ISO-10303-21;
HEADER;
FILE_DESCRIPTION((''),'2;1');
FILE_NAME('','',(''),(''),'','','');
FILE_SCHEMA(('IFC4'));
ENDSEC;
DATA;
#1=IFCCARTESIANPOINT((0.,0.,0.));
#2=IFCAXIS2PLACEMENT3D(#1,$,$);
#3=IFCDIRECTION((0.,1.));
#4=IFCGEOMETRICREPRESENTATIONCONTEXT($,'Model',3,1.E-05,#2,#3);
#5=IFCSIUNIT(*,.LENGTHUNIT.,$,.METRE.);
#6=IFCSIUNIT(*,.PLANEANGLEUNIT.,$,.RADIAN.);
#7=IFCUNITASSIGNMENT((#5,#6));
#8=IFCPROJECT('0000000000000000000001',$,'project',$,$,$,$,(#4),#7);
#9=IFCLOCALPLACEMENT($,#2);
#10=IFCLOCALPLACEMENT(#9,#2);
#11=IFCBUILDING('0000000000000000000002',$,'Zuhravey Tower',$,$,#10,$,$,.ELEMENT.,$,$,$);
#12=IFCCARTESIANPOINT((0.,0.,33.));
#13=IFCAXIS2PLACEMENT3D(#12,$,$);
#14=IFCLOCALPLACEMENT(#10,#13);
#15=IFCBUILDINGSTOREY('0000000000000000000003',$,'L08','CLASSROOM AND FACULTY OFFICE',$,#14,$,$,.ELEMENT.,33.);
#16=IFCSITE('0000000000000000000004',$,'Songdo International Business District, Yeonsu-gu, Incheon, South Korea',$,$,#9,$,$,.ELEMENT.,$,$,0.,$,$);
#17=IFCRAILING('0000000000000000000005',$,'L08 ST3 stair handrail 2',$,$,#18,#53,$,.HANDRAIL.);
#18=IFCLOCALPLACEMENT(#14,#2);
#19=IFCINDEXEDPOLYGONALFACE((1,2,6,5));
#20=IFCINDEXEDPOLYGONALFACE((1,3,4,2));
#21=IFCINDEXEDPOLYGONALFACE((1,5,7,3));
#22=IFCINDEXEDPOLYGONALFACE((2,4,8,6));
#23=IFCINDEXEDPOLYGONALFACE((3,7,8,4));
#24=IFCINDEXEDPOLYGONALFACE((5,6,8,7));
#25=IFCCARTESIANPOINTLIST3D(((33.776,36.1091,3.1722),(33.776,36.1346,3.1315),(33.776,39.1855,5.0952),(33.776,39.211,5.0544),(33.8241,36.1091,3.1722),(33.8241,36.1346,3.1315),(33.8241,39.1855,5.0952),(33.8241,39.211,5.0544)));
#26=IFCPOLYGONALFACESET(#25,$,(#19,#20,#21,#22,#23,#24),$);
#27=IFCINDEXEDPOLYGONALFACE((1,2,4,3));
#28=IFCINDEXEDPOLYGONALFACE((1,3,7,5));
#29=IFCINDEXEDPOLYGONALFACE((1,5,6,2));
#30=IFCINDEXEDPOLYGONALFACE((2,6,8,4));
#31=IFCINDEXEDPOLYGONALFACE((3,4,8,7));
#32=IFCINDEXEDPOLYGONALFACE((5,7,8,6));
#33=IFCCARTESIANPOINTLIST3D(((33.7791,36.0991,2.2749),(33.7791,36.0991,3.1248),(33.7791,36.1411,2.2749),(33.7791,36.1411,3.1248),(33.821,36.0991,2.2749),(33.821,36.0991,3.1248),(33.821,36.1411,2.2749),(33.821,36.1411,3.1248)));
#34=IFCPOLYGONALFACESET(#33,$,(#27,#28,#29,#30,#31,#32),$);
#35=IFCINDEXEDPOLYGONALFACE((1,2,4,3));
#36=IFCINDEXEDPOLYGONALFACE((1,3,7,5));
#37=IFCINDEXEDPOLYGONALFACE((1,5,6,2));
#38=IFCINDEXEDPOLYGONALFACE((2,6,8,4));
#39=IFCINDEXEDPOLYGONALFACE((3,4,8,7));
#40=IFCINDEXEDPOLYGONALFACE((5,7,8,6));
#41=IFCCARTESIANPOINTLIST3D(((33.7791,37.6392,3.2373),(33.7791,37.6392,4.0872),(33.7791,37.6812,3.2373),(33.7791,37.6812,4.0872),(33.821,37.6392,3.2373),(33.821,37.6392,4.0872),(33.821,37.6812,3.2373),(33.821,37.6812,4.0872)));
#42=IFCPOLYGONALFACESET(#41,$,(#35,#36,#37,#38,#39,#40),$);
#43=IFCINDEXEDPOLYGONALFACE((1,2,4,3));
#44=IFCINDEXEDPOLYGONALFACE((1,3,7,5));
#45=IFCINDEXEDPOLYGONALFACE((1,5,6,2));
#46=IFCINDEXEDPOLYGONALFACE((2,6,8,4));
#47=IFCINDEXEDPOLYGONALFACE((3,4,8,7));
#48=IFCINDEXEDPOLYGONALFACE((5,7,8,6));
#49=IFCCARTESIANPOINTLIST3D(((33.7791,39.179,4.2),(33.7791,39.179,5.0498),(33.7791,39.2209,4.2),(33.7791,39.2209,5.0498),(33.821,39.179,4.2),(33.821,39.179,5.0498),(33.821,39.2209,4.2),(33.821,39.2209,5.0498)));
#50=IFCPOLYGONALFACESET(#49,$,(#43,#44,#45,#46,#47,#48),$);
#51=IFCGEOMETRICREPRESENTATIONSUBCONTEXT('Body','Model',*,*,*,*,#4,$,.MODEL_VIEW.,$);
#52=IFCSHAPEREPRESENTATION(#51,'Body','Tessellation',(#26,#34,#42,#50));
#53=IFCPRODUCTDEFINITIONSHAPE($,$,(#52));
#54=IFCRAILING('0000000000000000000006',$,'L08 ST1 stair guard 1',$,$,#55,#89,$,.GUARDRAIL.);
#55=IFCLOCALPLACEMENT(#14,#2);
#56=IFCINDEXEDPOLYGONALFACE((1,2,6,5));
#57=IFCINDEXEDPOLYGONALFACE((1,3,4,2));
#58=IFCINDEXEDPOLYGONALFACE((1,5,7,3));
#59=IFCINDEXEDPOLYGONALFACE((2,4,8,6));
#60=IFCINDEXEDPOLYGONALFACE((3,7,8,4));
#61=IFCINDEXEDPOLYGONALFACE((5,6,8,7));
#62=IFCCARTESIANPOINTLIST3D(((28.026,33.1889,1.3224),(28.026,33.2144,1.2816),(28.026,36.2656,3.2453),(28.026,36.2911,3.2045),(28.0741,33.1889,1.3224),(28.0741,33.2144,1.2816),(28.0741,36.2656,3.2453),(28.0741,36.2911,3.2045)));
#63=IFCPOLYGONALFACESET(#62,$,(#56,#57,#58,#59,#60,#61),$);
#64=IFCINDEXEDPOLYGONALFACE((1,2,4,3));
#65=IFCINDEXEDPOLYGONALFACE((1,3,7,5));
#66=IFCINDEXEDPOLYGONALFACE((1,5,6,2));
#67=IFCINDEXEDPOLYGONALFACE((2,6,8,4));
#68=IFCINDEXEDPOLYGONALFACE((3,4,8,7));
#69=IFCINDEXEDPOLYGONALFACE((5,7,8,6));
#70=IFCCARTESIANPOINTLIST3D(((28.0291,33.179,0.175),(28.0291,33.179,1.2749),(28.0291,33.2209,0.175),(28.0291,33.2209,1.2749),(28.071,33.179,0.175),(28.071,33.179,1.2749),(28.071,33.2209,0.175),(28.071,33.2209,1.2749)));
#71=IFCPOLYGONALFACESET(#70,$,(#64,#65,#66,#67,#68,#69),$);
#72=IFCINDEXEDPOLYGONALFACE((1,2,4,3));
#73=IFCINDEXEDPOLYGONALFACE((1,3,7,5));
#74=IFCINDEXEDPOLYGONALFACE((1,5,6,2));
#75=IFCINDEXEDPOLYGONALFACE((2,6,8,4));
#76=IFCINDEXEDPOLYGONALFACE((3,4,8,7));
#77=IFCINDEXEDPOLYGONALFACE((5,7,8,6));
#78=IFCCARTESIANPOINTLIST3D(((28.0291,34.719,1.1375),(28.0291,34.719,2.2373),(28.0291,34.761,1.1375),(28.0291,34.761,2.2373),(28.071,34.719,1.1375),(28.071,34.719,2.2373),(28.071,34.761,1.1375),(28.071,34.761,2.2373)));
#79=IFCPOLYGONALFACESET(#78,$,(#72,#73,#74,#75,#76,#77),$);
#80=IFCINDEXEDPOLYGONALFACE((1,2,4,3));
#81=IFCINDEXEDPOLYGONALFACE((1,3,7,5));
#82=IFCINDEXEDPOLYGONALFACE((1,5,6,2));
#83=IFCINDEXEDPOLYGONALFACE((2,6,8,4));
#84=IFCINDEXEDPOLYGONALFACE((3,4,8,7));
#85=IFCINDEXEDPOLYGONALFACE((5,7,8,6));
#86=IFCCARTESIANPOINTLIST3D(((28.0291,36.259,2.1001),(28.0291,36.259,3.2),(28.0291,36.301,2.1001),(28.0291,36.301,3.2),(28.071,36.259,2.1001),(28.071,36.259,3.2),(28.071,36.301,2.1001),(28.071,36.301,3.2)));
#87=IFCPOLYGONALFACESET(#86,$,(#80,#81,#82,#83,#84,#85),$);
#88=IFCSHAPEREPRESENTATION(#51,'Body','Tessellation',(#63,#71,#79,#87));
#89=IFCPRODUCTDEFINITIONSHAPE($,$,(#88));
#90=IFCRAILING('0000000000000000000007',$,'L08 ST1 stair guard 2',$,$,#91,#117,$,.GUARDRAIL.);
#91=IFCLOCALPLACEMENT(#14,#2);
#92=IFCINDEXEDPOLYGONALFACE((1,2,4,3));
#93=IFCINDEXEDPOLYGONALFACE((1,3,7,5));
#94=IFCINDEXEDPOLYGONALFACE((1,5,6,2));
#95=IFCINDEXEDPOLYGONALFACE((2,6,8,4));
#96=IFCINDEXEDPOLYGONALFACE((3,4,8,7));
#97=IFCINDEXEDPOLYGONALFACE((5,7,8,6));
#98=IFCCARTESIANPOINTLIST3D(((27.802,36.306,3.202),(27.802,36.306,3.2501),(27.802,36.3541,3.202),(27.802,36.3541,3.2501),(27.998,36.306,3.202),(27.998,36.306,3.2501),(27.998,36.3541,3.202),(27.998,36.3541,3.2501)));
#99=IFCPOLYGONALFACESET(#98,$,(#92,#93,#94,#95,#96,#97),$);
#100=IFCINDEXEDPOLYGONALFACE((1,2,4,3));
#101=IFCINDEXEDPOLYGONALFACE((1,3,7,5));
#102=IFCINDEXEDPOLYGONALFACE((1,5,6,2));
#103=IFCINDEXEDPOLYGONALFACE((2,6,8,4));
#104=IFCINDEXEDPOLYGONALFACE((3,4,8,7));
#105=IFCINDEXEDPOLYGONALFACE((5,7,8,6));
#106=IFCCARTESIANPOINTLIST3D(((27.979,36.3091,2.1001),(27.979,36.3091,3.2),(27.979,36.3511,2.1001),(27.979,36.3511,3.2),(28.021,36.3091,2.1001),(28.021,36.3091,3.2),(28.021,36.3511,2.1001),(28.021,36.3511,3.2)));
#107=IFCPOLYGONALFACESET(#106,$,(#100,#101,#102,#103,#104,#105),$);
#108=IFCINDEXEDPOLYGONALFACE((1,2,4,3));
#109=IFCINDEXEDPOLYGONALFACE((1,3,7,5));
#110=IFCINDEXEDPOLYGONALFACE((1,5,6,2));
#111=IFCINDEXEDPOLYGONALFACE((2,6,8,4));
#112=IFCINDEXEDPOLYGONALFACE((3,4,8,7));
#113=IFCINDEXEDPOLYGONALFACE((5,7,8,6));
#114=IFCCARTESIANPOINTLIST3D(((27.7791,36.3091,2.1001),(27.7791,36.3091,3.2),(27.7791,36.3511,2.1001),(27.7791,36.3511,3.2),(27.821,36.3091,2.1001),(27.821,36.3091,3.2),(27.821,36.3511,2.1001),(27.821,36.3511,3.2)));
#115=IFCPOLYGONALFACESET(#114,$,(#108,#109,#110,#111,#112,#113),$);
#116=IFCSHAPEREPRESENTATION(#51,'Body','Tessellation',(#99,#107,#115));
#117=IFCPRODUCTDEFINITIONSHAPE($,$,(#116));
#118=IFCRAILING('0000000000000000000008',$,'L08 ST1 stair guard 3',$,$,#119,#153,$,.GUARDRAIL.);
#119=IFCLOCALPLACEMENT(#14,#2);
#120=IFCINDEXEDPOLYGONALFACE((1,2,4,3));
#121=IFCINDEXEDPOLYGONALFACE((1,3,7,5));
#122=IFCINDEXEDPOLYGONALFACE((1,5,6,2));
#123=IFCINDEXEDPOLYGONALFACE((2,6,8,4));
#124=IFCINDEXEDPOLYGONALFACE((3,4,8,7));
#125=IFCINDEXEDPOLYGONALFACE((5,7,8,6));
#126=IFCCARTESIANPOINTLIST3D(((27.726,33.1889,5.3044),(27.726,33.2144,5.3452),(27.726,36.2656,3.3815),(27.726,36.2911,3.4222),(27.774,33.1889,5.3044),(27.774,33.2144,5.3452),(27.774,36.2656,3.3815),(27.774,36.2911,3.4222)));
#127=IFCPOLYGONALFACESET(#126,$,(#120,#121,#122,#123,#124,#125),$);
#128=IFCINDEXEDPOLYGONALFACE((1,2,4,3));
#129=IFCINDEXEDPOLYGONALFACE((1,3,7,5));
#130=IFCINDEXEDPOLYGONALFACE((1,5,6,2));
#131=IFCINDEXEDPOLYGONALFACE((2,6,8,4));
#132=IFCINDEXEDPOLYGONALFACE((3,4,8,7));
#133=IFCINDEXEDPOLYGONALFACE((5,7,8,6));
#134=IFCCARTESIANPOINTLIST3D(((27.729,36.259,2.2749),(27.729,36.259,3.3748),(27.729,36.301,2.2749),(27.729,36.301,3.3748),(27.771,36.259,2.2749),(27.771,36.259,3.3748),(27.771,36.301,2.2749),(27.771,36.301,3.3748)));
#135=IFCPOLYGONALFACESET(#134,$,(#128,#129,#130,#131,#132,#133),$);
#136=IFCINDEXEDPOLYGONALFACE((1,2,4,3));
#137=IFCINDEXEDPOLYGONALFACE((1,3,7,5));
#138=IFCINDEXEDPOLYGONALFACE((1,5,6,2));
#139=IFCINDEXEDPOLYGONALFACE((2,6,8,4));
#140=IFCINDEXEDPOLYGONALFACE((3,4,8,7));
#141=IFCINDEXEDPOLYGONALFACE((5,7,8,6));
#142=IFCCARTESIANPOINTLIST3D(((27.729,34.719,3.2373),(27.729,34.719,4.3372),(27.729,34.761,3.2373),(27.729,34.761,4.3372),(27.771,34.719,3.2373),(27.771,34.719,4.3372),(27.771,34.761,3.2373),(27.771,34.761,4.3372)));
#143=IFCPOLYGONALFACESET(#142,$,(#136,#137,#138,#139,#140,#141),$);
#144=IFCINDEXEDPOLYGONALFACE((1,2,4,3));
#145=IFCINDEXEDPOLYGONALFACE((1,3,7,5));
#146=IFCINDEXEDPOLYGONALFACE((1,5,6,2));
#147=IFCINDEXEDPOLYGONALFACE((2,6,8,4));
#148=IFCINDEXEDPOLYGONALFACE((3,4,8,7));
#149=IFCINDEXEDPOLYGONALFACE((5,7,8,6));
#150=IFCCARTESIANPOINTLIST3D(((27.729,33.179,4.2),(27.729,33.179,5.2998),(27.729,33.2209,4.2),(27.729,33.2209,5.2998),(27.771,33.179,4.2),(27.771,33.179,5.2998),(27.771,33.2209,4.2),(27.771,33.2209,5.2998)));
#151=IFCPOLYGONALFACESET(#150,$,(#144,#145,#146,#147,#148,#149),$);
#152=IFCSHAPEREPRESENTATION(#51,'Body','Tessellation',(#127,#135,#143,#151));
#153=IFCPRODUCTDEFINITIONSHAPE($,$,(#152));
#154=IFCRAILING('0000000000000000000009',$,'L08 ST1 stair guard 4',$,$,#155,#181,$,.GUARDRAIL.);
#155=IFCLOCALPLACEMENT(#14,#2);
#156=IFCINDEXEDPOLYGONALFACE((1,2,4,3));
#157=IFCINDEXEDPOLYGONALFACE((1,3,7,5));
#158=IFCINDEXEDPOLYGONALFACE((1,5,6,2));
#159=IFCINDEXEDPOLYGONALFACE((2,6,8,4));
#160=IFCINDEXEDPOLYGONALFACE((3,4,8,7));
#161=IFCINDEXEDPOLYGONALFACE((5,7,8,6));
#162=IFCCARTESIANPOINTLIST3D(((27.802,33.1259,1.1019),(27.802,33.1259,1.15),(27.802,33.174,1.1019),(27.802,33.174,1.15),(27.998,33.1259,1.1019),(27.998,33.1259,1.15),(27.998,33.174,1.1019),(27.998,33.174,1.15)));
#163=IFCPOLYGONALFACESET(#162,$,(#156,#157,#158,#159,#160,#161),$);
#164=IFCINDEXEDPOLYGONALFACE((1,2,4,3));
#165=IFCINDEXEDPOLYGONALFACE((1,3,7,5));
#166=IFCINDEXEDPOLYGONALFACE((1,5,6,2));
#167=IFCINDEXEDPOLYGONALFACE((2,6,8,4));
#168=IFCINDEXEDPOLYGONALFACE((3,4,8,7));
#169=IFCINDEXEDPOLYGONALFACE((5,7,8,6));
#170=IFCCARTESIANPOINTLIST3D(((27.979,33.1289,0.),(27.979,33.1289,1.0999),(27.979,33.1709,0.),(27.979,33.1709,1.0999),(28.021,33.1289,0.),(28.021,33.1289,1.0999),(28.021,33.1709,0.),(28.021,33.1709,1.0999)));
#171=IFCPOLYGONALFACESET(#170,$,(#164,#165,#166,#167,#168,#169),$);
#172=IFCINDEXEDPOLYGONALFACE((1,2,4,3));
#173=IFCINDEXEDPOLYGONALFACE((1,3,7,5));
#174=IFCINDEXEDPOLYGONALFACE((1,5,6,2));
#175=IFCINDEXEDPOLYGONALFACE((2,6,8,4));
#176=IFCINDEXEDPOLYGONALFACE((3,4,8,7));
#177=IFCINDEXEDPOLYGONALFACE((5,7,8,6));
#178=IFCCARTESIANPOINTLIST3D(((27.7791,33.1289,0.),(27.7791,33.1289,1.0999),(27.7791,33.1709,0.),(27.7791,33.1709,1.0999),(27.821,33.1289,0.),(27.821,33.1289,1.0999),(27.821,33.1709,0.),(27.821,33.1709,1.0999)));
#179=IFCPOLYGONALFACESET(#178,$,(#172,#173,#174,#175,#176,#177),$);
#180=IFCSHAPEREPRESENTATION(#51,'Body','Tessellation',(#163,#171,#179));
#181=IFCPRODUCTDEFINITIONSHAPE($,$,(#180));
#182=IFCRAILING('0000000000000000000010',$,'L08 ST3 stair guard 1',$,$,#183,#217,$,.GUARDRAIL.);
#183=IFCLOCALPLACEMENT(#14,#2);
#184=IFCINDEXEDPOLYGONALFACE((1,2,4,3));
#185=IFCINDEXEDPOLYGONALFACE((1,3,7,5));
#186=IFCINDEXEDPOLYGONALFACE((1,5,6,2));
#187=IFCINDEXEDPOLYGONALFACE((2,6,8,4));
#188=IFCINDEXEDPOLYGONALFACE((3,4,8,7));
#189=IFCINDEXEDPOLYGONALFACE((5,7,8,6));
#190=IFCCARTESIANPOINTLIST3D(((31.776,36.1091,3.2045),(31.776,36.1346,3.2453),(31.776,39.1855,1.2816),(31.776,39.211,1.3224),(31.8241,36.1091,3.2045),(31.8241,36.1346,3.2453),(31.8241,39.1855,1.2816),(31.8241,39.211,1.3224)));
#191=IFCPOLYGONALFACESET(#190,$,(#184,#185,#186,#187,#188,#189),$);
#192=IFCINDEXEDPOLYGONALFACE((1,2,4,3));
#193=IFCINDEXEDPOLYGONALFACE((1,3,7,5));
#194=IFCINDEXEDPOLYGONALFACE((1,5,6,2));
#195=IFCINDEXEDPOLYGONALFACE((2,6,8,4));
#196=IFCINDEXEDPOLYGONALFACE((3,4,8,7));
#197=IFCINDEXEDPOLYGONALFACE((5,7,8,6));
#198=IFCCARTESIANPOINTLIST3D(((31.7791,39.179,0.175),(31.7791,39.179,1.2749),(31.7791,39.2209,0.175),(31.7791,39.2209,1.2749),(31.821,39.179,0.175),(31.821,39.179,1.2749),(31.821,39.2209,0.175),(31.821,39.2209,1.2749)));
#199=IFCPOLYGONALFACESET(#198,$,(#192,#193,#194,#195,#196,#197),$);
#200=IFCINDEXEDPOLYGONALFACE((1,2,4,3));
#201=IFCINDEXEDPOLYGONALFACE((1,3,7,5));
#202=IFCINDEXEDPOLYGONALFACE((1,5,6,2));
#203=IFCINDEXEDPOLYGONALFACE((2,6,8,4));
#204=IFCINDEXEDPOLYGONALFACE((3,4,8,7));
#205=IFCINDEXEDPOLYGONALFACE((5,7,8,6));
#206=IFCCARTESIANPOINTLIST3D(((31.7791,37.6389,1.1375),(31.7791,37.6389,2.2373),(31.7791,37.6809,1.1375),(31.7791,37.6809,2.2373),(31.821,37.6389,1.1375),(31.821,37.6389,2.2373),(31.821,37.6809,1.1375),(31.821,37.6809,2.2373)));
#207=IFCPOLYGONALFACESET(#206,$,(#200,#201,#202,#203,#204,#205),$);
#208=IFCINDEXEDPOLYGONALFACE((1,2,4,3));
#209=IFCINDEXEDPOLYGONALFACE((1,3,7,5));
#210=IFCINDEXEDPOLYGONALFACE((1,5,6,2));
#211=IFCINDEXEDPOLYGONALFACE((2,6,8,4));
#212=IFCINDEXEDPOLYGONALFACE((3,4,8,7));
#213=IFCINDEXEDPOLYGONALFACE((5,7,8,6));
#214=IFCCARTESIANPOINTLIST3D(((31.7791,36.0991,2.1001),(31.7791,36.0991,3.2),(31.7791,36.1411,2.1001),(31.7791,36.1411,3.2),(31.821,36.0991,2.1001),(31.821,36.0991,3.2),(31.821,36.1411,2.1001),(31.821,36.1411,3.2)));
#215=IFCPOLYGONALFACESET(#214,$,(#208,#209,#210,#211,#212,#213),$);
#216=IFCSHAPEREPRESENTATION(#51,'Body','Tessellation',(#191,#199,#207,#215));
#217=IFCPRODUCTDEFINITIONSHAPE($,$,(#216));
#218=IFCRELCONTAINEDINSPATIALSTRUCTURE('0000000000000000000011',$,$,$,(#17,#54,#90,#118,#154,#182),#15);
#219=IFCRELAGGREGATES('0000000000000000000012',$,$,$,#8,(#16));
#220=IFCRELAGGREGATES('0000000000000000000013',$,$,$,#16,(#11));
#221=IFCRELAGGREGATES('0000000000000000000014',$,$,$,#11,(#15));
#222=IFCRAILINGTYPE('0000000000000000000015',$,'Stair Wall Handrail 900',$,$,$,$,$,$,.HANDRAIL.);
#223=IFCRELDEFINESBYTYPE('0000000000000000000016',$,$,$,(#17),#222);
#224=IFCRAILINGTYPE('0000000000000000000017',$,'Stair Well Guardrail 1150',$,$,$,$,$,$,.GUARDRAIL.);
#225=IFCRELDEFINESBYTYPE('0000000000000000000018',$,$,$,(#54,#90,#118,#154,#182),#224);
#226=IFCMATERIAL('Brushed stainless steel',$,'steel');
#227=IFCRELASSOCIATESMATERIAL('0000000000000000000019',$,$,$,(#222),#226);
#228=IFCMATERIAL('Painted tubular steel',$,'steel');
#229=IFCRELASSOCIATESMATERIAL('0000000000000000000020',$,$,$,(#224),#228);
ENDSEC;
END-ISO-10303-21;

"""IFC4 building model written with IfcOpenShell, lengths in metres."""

from ifc_helpers import new_model, si_unit, direction, frame, origin, origin_2d, place, context, subcontext, project, spatial, rectangle, extrude, material, type_object, element, save


model = new_model("IFC4")

# Units and contexts
model_context = context("Model", 3, precision=1e-05, world=origin(), true_north=direction((0.0, 1.0)))
body_context = subcontext(model_context, "Body", "Model", "MODEL_VIEW")
ifc_project = project(units=[si_unit("LENGTHUNIT", "METRE"), si_unit("PLANEANGLEUNIT", "RADIAN")], contexts=[model_context])

# Site, building, storey
site_placement = place(None, origin())
site = spatial("IfcSite", under=ifc_project, at=site_placement, Name="Songdo International Business District, Yeonsu-gu, Incheon, South Korea", CompositionType="ELEMENT", RefElevation=0.0)
building_placement = place(site_placement, origin())
building = spatial("IfcBuilding", under=site, at=building_placement, Name="Zuhravey Tower", CompositionType="ELEMENT")
storey_placement = place(building_placement, frame((0.0, 0.0, 33.0)))
storey = spatial("IfcBuildingStorey", under=building, at=storey_placement, Name="L08", Description="CLASSROOM AND FACULTY OFFICE", CompositionType="ELEMENT", Elevation=33.0)

# Railings
ifc_material_1 = material(Name="Brushed stainless steel", Category="steel")
railing_type_1 = type_object("IfcRailingType", Name="Stair Wall Handrail 900", PredefinedType="HANDRAIL", material=ifc_material_1)
railing_1_placement = place(storey_placement, frame((33.8, 36.1201, 2.2749)))
element("IfcRailing", 1, at=railing_1_placement, inside=storey, type_object=railing_type_1, Name="L08 ST3 stair handrail 2", PredefinedType="HANDRAIL", context=body_context, shape_type="SweptSolid", body=[
    extrude(rectangle(XDim=0.0481, YDim=0.0481, at=origin_2d()), frame((0.0, 0.0017, 0.877), z_axis=(0.0, 0.847979, 0.530029), x_axis=(-1.0, 0.0, 0.0)), (0.0, 0.0, 1.0), 3.6279),
    extrude(rectangle(XDim=0.042, YDim=0.042, at=origin_2d()), origin(), (0.0, 0.0, 1.0), 0.8499),
    extrude(rectangle(XDim=0.042, YDim=0.042, at=origin_2d()), frame((0.0, 1.54, 0.9624)), (0.0, 0.0, 1.0), 0.8499),
    extrude(rectangle(XDim=0.042, YDim=0.042, at=origin_2d()), frame((0.0, 3.0798, 1.925)), (0.0, 0.0, 1.0), 0.8499),
])
ifc_material_2 = material(Name="Painted tubular steel", Category="steel")
railing_type_2 = type_object("IfcRailingType", Name="Stair Well Guardrail 1150", PredefinedType="GUARDRAIL", material=ifc_material_2)
railing_2_placement = place(storey_placement, frame((28.05, 33.2, 0.175)))
element("IfcRailing", 2, at=railing_2_placement, inside=storey, type_object=railing_type_2, Name="L08 ST1 stair guard 1", PredefinedType="GUARDRAIL", context=body_context, shape_type="SweptSolid", body=[
    extrude(rectangle(XDim=0.0481, YDim=0.0481, at=origin_2d()), frame((0.0, 0.0017, 1.127), z_axis=(0.0, 0.847998, 0.529999), x_axis=(-1.0, 0.0, 0.0)), (0.0, 0.0, 1.0), 3.6282),
    extrude(rectangle(XDim=0.042, YDim=0.042, at=origin_2d()), origin(), (0.0, 0.0, 1.0), 1.0999),
    extrude(rectangle(XDim=0.042, YDim=0.042, at=origin_2d()), frame((0.0, 1.54, 0.9624)), (0.0, 0.0, 1.0), 1.0999),
    extrude(rectangle(XDim=0.042, YDim=0.042, at=origin_2d()), frame((0.0, 3.0801, 1.925)), (0.0, 0.0, 1.0), 1.0999),
])
railing_3_placement = place(storey_placement, frame((28.0, 36.3301, 2.1001)))
element("IfcRailing", 3, at=railing_3_placement, inside=storey, type_object=railing_type_2, Name="L08 ST1 stair guard 2", PredefinedType="GUARDRAIL", context=body_context, shape_type="SweptSolid", body=[
    extrude(rectangle(XDim=0.0481, YDim=0.0481, at=origin_2d()), frame((-0.002, 0.0, 1.126), z_axis=(-1.0, 0.0, 0.0), x_axis=(0.0, -1.0, 0.0)), (0.0, 0.0, 1.0), 0.196),
    extrude(rectangle(XDim=0.042, YDim=0.042, at=origin_2d()), origin(), (0.0, 0.0, 1.0), 1.0999),
    extrude(rectangle(XDim=0.042, YDim=0.042, at=origin_2d()), frame((-0.2, 0.0, 0.0)), (0.0, 0.0, 1.0), 1.0999),
])
railing_4_placement = place(storey_placement, frame((27.75, 36.28, 2.2749)))
element("IfcRailing", 4, at=railing_4_placement, inside=storey, type_object=railing_type_2, Name="L08 ST1 stair guard 3", PredefinedType="GUARDRAIL", context=body_context, shape_type="SweptSolid", body=[
    extrude(rectangle(XDim=0.0481, YDim=0.0481, at=origin_2d()), frame((0.0, -0.0017, 1.127), z_axis=(0.0, -0.847998, 0.529999), x_axis=(1.0, 0.0, 0.0)), (0.0, 0.0, 1.0), 3.6282),
    extrude(rectangle(XDim=0.042, YDim=0.042, at=origin_2d()), origin(), (0.0, 0.0, 1.0), 1.0999),
    extrude(rectangle(XDim=0.042, YDim=0.042, at=origin_2d()), frame((0.0, -1.54, 0.9624)), (0.0, 0.0, 1.0), 1.0999),
    extrude(rectangle(XDim=0.042, YDim=0.042, at=origin_2d()), frame((0.0, -3.0801, 1.925)), (0.0, 0.0, 1.0), 1.0999),
])
railing_5_placement = place(storey_placement, frame((28.0, 33.1499, 0.0)))
element("IfcRailing", 5, at=railing_5_placement, inside=storey, type_object=railing_type_2, Name="L08 ST1 stair guard 4", PredefinedType="GUARDRAIL", context=body_context, shape_type="SweptSolid", body=[
    extrude(rectangle(XDim=0.0481, YDim=0.0481, at=origin_2d()), frame((-0.002, 0.0, 1.126), z_axis=(-1.0, 0.0, 0.0), x_axis=(0.0, -1.0, 0.0)), (0.0, 0.0, 1.0), 0.196),
    extrude(rectangle(XDim=0.042, YDim=0.042, at=origin_2d()), origin(), (0.0, 0.0, 1.0), 1.0999),
    extrude(rectangle(XDim=0.042, YDim=0.042, at=origin_2d()), frame((-0.2, 0.0, 0.0)), (0.0, 0.0, 1.0), 1.0999),
])
railing_6_placement = place(storey_placement, frame((31.8, 39.2, 0.175)))
element("IfcRailing", 6, at=railing_6_placement, inside=storey, type_object=railing_type_2, Name="L08 ST3 stair guard 1", PredefinedType="GUARDRAIL", context=body_context, shape_type="SweptSolid", body=[
    extrude(rectangle(XDim=0.0481, YDim=0.0481, at=origin_2d()), frame((0.0, -0.0017, 1.127), z_axis=(0.0, -0.847979, 0.530029), x_axis=(1.0, 0.0, 0.0)), (0.0, 0.0, 1.0), 3.6279),
    extrude(rectangle(XDim=0.042, YDim=0.042, at=origin_2d()), origin(), (0.0, 0.0, 1.0), 1.0999),
    extrude(rectangle(XDim=0.042, YDim=0.042, at=origin_2d()), frame((0.0, -1.54, 0.9624)), (0.0, 0.0, 1.0), 1.0999),
    extrude(rectangle(XDim=0.042, YDim=0.042, at=origin_2d()), frame((0.0, -3.0798, 1.925)), (0.0, 0.0, 1.0), 1.0999),
])

save(model, "model.ifc")
